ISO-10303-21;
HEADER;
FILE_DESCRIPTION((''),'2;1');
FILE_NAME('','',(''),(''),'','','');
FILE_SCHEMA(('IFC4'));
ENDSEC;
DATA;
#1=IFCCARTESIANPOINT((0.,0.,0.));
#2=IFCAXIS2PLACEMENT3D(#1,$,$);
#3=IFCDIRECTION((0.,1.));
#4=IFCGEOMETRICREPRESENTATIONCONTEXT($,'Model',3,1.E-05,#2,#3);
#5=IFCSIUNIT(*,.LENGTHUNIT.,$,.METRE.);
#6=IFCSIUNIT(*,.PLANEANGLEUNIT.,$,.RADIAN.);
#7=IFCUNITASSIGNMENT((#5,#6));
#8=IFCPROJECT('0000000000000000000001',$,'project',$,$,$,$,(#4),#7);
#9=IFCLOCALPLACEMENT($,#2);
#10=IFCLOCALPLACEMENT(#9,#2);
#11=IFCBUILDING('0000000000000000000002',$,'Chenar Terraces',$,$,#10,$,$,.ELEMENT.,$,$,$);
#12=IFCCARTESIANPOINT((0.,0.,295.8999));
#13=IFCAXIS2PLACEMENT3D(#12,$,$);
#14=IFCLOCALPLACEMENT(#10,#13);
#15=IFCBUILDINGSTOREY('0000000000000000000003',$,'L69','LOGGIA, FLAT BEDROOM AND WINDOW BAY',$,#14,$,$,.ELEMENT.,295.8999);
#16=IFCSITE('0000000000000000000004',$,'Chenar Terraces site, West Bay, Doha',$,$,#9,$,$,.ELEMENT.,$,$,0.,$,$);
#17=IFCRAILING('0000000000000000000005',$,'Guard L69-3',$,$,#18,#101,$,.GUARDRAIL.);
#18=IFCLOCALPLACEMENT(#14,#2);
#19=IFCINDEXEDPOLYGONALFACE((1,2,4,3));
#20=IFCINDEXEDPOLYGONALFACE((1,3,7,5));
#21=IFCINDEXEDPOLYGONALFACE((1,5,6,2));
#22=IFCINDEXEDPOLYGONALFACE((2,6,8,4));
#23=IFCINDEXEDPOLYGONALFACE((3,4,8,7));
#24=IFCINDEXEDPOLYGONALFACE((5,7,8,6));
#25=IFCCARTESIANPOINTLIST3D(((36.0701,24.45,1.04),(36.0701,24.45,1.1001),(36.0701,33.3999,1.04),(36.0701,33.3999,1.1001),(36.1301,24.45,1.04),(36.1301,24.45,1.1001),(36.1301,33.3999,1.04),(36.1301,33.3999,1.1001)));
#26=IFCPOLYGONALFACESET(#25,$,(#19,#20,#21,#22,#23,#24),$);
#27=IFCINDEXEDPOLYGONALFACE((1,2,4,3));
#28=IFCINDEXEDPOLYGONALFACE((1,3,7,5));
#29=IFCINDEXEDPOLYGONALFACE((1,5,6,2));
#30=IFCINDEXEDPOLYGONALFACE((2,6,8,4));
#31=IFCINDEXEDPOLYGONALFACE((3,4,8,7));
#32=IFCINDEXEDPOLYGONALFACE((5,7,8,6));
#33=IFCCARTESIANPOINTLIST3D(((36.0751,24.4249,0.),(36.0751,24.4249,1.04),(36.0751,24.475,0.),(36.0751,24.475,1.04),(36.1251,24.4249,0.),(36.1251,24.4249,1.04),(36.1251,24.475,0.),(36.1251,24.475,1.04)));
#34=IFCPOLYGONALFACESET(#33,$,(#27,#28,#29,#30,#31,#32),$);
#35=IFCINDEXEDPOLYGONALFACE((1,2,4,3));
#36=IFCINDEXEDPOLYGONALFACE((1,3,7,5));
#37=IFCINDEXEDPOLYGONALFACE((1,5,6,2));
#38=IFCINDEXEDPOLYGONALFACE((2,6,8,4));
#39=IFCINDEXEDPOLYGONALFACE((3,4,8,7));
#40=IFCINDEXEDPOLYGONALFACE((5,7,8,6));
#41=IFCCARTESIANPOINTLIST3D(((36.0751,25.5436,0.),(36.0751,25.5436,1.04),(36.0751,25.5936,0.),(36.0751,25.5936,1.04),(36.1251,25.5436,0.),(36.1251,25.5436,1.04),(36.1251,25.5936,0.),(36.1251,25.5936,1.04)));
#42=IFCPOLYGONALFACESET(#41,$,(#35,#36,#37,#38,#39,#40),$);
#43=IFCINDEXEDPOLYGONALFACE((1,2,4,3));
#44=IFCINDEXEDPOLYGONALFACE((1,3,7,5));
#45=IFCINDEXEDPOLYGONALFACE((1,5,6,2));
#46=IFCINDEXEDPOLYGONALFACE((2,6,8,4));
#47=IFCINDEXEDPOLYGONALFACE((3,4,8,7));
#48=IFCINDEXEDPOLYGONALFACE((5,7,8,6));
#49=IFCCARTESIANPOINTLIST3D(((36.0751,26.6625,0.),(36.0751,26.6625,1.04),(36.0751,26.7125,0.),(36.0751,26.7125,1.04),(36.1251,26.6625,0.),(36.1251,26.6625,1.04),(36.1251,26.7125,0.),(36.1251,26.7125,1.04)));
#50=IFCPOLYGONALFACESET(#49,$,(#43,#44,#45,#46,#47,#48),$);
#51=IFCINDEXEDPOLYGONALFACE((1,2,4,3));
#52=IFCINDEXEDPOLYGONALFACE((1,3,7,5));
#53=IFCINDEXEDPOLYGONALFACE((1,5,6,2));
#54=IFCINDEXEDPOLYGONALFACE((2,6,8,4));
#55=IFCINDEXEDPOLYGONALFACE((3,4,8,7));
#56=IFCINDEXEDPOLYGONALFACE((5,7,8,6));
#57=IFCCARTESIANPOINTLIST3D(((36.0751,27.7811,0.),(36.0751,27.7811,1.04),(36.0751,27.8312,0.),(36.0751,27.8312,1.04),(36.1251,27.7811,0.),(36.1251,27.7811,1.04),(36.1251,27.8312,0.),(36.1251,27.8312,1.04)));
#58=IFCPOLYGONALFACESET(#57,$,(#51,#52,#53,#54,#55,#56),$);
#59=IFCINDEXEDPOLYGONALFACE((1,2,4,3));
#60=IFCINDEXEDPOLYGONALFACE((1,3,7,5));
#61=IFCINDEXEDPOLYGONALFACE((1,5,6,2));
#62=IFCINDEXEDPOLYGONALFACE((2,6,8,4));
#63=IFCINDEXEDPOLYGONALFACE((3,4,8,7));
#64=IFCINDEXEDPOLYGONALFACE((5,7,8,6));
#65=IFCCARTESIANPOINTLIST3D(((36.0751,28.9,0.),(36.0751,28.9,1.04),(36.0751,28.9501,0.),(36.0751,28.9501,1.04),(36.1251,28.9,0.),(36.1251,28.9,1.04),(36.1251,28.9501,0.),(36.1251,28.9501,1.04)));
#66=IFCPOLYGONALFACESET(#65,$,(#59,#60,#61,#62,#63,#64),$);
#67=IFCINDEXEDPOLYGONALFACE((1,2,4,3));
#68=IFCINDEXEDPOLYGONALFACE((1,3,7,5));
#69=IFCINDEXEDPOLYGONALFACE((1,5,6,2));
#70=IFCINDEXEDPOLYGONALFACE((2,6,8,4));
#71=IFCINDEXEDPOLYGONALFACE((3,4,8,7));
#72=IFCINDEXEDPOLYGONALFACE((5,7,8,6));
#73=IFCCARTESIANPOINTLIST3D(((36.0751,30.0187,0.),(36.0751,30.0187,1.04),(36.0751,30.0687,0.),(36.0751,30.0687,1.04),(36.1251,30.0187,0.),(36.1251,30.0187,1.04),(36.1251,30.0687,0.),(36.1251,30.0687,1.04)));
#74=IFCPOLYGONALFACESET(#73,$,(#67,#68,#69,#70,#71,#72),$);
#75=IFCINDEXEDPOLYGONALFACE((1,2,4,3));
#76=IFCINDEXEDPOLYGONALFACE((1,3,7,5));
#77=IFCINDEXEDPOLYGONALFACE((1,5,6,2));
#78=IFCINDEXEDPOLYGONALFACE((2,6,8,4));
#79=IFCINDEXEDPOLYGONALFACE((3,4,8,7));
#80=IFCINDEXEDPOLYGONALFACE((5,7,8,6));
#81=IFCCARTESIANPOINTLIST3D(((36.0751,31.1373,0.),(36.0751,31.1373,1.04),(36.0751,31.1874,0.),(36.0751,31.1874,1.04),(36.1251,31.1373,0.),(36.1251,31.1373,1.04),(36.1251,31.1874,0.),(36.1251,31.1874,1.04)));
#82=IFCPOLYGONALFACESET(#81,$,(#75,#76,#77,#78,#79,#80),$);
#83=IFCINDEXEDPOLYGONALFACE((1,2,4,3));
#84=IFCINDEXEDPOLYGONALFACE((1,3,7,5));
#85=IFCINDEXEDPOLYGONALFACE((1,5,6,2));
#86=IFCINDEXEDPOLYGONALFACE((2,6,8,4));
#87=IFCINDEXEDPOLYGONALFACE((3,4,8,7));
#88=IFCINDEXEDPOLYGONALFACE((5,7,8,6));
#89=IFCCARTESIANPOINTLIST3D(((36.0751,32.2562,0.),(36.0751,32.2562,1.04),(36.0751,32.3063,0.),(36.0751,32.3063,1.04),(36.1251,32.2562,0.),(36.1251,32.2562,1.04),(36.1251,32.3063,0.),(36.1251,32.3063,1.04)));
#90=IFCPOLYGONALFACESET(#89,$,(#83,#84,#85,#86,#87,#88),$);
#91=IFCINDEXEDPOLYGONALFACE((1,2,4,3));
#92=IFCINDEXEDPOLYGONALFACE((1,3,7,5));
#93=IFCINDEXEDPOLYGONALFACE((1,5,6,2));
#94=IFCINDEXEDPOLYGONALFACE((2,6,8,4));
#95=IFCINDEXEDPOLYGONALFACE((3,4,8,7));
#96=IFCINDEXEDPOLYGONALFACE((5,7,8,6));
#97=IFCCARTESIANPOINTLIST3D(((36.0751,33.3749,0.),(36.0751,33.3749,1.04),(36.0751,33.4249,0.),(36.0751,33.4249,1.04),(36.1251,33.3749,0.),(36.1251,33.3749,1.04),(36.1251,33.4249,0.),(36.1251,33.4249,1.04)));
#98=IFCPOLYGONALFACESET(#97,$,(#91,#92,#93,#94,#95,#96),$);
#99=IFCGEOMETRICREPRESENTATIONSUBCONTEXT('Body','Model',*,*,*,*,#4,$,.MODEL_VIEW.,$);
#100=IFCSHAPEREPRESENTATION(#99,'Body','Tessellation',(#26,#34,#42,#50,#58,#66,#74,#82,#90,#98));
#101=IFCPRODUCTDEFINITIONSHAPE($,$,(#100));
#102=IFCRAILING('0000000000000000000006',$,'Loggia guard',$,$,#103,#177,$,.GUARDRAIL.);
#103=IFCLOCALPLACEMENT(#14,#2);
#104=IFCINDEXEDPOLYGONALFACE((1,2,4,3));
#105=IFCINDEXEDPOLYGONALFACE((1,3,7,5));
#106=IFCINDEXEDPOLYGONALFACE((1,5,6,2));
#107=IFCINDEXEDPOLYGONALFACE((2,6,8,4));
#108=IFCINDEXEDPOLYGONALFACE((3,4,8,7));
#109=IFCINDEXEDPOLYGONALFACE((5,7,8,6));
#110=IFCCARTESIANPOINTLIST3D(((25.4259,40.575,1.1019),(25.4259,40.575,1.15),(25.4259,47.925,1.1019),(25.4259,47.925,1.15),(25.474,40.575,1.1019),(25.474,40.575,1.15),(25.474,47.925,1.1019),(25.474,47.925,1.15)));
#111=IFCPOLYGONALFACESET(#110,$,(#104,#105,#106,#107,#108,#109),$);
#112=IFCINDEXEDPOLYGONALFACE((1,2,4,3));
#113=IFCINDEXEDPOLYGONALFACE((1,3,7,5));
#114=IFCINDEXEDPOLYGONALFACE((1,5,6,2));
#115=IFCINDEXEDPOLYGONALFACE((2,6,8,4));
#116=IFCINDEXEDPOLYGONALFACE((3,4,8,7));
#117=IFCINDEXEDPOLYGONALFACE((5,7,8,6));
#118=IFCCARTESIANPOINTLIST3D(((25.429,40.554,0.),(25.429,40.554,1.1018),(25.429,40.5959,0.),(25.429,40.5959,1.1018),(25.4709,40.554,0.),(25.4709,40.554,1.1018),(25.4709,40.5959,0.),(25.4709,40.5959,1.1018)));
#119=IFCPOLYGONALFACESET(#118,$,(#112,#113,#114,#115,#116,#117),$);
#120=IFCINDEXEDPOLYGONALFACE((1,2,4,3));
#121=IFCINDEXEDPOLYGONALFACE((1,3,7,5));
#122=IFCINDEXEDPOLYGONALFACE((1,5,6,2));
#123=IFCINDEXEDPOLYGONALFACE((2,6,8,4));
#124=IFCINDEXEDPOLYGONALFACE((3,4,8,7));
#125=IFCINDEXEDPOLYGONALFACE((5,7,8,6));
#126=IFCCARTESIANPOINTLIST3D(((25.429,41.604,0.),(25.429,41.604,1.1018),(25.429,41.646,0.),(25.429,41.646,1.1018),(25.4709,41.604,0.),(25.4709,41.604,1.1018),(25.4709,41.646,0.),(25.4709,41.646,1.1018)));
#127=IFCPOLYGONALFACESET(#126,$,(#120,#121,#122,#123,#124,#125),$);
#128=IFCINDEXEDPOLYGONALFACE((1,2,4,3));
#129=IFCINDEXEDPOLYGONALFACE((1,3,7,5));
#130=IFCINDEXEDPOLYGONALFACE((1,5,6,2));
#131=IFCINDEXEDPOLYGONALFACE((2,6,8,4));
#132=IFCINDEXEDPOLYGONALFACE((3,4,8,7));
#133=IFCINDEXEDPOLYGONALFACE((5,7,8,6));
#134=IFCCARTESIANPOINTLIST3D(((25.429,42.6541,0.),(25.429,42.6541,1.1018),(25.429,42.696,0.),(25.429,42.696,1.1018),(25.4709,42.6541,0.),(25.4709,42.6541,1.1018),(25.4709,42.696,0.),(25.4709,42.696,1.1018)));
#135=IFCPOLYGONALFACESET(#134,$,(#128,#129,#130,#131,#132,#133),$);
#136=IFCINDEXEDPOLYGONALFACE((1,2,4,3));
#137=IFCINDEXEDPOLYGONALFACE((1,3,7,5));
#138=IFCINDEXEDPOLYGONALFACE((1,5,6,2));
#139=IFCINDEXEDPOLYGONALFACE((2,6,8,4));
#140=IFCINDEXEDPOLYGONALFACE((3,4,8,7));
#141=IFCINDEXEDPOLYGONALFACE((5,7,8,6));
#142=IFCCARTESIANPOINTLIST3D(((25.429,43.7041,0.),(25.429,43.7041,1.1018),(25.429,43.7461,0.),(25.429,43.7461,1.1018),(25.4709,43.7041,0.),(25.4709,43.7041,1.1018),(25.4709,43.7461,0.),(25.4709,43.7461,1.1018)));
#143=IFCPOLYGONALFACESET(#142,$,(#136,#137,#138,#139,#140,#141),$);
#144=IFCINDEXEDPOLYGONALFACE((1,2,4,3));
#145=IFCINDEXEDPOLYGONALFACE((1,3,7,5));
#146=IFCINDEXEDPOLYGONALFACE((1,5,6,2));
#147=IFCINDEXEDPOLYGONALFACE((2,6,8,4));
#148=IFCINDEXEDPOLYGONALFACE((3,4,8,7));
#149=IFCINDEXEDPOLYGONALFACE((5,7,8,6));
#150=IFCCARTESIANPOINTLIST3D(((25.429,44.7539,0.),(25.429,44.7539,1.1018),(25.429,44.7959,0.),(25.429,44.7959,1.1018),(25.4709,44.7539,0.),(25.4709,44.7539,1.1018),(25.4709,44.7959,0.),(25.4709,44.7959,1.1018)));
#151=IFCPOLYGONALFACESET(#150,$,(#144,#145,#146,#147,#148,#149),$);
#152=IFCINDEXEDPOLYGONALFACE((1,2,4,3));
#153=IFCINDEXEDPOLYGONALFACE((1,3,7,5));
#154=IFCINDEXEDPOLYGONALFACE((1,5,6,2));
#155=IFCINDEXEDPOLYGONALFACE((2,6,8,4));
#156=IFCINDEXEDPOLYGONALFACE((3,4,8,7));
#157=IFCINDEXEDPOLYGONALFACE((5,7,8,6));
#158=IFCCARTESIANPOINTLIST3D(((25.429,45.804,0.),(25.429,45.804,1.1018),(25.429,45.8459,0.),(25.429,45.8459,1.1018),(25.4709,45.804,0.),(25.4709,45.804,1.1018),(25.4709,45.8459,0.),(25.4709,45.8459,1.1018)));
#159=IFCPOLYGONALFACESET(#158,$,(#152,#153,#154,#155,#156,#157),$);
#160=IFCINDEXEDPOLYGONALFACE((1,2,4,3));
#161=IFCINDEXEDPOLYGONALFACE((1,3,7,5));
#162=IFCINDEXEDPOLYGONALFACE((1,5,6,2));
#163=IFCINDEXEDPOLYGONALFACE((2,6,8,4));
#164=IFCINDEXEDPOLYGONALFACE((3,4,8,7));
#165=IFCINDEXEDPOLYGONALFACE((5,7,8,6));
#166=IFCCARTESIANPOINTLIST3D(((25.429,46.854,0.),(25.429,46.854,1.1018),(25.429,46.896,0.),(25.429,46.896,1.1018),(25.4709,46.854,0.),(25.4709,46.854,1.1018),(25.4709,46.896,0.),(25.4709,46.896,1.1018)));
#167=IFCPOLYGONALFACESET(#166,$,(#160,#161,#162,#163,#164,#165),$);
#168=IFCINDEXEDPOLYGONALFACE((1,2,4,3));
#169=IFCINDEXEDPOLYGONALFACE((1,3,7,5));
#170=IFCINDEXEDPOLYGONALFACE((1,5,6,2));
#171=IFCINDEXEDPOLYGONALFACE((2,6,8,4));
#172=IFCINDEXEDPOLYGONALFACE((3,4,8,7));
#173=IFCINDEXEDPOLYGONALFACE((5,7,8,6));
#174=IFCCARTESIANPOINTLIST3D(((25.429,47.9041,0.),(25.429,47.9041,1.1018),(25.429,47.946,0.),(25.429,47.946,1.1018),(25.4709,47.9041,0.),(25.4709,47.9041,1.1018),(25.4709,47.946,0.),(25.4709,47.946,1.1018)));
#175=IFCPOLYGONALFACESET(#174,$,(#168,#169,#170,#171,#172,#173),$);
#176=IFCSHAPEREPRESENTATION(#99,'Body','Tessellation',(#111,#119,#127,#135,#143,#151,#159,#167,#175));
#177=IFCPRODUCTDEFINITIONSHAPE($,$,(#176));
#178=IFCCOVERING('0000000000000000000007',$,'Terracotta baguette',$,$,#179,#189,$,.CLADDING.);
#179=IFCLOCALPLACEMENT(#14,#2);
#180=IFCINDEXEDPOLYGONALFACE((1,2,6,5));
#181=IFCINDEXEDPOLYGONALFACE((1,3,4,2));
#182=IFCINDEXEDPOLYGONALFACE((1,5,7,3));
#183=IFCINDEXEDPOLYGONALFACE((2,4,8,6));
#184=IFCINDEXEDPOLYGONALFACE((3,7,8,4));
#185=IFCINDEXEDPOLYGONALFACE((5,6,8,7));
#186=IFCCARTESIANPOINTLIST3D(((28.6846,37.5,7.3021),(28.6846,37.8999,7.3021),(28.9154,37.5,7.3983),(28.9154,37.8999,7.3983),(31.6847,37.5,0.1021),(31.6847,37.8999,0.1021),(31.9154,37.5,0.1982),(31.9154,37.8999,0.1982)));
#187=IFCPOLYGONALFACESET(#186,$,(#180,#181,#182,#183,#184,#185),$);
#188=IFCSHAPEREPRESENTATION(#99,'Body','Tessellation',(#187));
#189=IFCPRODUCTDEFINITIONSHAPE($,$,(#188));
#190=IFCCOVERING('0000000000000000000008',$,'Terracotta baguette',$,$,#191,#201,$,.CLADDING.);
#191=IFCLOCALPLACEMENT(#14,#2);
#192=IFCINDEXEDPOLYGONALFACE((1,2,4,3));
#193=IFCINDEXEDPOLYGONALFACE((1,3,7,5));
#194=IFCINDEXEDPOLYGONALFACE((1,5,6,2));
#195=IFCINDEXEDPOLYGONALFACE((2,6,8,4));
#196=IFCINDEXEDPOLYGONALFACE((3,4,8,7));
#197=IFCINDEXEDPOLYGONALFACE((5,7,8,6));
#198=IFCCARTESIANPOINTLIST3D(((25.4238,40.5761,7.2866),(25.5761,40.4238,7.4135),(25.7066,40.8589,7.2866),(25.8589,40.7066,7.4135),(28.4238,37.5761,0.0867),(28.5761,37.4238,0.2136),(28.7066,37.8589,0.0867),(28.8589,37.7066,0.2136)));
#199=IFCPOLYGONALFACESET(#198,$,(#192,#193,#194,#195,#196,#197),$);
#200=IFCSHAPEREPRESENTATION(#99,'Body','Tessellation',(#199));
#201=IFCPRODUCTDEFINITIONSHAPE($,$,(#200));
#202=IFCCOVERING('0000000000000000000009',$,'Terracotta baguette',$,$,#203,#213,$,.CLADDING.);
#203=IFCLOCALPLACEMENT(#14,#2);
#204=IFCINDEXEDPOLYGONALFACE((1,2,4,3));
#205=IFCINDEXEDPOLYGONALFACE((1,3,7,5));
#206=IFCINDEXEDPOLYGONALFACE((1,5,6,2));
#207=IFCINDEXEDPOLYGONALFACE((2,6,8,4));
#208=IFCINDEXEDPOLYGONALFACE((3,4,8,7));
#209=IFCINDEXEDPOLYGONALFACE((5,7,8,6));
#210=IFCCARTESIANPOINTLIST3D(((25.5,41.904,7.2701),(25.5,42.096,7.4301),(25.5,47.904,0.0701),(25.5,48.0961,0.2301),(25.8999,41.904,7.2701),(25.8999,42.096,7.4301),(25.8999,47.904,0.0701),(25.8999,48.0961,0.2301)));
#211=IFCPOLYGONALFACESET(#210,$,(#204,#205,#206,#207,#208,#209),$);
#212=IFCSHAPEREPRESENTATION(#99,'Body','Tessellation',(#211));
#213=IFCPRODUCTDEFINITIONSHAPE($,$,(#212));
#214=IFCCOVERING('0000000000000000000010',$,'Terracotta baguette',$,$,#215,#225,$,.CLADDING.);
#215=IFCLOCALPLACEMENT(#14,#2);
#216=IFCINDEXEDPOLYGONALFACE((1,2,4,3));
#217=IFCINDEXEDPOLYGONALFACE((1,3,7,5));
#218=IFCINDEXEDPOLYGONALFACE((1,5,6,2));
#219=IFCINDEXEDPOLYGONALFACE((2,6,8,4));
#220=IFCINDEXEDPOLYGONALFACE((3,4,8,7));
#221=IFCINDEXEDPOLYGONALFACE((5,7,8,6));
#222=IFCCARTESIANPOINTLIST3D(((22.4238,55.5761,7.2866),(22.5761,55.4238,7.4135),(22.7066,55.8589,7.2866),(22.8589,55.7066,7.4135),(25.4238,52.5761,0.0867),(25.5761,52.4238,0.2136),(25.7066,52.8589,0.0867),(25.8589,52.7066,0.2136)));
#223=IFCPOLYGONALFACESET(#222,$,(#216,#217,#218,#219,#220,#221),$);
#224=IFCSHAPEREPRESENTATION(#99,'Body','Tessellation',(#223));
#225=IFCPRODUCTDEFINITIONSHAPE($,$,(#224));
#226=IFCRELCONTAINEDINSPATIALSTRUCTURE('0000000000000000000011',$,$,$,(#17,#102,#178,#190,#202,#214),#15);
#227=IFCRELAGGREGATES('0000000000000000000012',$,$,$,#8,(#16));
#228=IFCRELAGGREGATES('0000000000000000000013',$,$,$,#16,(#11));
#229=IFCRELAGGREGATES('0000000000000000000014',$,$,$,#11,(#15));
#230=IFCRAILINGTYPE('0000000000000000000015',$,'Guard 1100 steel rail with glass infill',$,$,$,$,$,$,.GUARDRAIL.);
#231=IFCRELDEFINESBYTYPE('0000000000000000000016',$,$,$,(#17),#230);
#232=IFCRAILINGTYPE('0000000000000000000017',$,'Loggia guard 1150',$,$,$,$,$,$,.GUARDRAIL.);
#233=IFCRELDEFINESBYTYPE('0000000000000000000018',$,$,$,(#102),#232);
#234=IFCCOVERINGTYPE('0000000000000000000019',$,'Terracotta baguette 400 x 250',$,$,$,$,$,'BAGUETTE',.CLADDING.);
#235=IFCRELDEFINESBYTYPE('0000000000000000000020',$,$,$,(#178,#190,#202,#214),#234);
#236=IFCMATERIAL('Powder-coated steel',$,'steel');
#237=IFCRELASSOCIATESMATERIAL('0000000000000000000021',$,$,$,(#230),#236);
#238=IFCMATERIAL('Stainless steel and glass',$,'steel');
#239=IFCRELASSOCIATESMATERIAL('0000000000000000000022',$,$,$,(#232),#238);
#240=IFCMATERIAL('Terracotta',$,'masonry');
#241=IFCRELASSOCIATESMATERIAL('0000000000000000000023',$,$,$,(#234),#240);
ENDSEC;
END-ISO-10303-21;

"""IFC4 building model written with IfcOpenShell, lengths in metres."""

from ifc_helpers import new_model, si_unit, direction, frame, origin, origin_2d, place, context, subcontext, project, spatial, rectangle, extrude, material, material_profile, profile_set, type_object, element, save


model = new_model("IFC4")

# Units and contexts
model_context = context("Model", 3, precision=1e-05, world=origin(), true_north=direction((0.0, 1.0)))
body_context = subcontext(model_context, "Body", "Model", "MODEL_VIEW")
ifc_project = project(units=[si_unit("LENGTHUNIT", "METRE"), si_unit("PLANEANGLEUNIT", "RADIAN")], contexts=[model_context])

# Site, building, storey
site_placement = place(None, origin())
site = spatial("IfcSite", under=ifc_project, at=site_placement, Name="Chenar Terraces site, West Bay, Doha", CompositionType="ELEMENT", RefElevation=0.0)
building_placement = place(site_placement, origin())
building = spatial("IfcBuilding", under=site, at=building_placement, Name="Chenar Terraces", CompositionType="ELEMENT")
storey_placement = place(building_placement, frame((0.0, 0.0, 295.8999)))
storey = spatial("IfcBuildingStorey", under=building, at=storey_placement, Name="L69", Description="LOGGIA, FLAT BEDROOM AND WINDOW BAY", CompositionType="ELEMENT", Elevation=295.8999)

# Railings
ifc_material_1 = material(Name="Powder-coated steel", Category="steel")
railing_type_1 = type_object("IfcRailingType", Name="Guard 1100 steel rail with glass infill", PredefinedType="GUARDRAIL", material=ifc_material_1)
railing_1_placement = place(storey_placement, frame((36.1001, 24.45, 0.0)))
element("IfcRailing", 1, at=railing_1_placement, inside=storey, type_object=railing_type_1, Name="Guard L69-3", PredefinedType="GUARDRAIL", context=body_context, shape_type="SweptSolid", body=[
    extrude(rectangle(XDim=0.0601, YDim=0.0601, at=origin_2d()), frame((0.0, 0.0, 1.0701), z_axis=(0.0, 1.0, 0.0), x_axis=(-1.0, 0.0, 0.0)), (0.0, 0.0, 1.0), 8.95),
    extrude(rectangle(XDim=0.05, YDim=0.05, at=origin_2d()), origin(), (0.0, 0.0, 1.0), 1.04),
    extrude(rectangle(XDim=0.05, YDim=0.05, at=origin_2d()), frame((0.0, 1.1187, 0.0)), (0.0, 0.0, 1.0), 1.04),
    extrude(rectangle(XDim=0.05, YDim=0.05, at=origin_2d()), frame((0.0, 2.2375, 0.0)), (0.0, 0.0, 1.0), 1.04),
    extrude(rectangle(XDim=0.05, YDim=0.05, at=origin_2d()), frame((0.0, 3.3562, 0.0)), (0.0, 0.0, 1.0), 1.04),
    extrude(rectangle(XDim=0.05, YDim=0.05, at=origin_2d()), frame((0.0, 4.4751, 0.0)), (0.0, 0.0, 1.0), 1.04),
    extrude(rectangle(XDim=0.05, YDim=0.05, at=origin_2d()), frame((0.0, 5.5938, 0.0)), (0.0, 0.0, 1.0), 1.04),
    extrude(rectangle(XDim=0.05, YDim=0.05, at=origin_2d()), frame((0.0, 6.7124, 0.0)), (0.0, 0.0, 1.0), 1.04),
    extrude(rectangle(XDim=0.05, YDim=0.05, at=origin_2d()), frame((0.0, 7.8313, 0.0)), (0.0, 0.0, 1.0), 1.04),
    extrude(rectangle(XDim=0.05, YDim=0.05, at=origin_2d()), frame((0.0, 8.95, 0.0)), (0.0, 0.0, 1.0), 1.04),
])
ifc_material_2 = material(Name="Stainless steel and glass", Category="steel")
railing_type_2 = type_object("IfcRailingType", Name="Loggia guard 1150", PredefinedType="GUARDRAIL", material=ifc_material_2)
railing_2_placement = place(storey_placement, frame((25.45, 40.575, 0.0)))
element("IfcRailing", 2, at=railing_2_placement, inside=storey, type_object=railing_type_2, Name="Loggia guard", PredefinedType="GUARDRAIL", context=body_context, shape_type="SweptSolid", body=[
    extrude(rectangle(XDim=0.0481, YDim=0.0481, at=origin_2d()), frame((0.0, 0.0, 1.126), z_axis=(0.0, 1.0, 0.0), x_axis=(-1.0, 0.0, 0.0)), (0.0, 0.0, 1.0), 7.3501),
    extrude(rectangle(XDim=0.042, YDim=0.042, at=origin_2d()), origin(), (0.0, 0.0, 1.0), 1.1018),
    extrude(rectangle(XDim=0.042, YDim=0.042, at=origin_2d()), frame((0.0, 1.05, 0.0)), (0.0, 0.0, 1.0), 1.1018),
    extrude(rectangle(XDim=0.042, YDim=0.042, at=origin_2d()), frame((0.0, 2.1001, 0.0)), (0.0, 0.0, 1.0), 1.1018),
    extrude(rectangle(XDim=0.042, YDim=0.042, at=origin_2d()), frame((0.0, 3.1501, 0.0)), (0.0, 0.0, 1.0), 1.1018),
    extrude(rectangle(XDim=0.042, YDim=0.042, at=origin_2d()), frame((0.0, 4.2, 0.0)), (0.0, 0.0, 1.0), 1.1018),
    extrude(rectangle(XDim=0.042, YDim=0.042, at=origin_2d()), frame((0.0, 5.25, 0.0)), (0.0, 0.0, 1.0), 1.1018),
    extrude(rectangle(XDim=0.042, YDim=0.042, at=origin_2d()), frame((0.0, 6.3, 0.0)), (0.0, 0.0, 1.0), 1.1018),
    extrude(rectangle(XDim=0.042, YDim=0.042, at=origin_2d()), frame((0.0, 7.3501, 0.0)), (0.0, 0.0, 1.0), 1.1018),
])

# Coverings
ifc_material_3 = material(Name="Terracotta", Category="masonry")
ifc_material_profile_1 = material_profile(ifc_material_3, rectangle(XDim=0.3999, YDim=0.25, at=origin_2d()), Name="Terracotta baguette 400 x 250")
ifc_profile_set_1 = profile_set([ifc_material_profile_1], Name="Terracotta")
covering_type = type_object("IfcCoveringType", Name="Terracotta baguette 400 x 250", ElementType="BAGUETTE", PredefinedType="CLADDING", material=ifc_profile_set_1)
covering_1_placement = place(storey_placement, frame((31.8, 37.7, 0.1501), z_axis=(-0.384618, 0.0, 0.923076), x_axis=(0.0, -1.0, 0.0)))
element("IfcCovering", 3, at=covering_1_placement, inside=storey, type_object=covering_type, Name="Terracotta baguette", PredefinedType="CLADDING", context=body_context, shape_type="SweptSolid", body=[
    extrude(rectangle(XDim=0.3999, YDim=0.25, at=origin_2d()), origin(), (0.0, 0.0, 1.0), 7.8),
])
covering_2_placement = place(storey_placement, frame((28.6414, 37.6414, 0.1501), z_axis=(-0.358981, 0.358981, 0.861548), x_axis=(-0.707107, -0.707107, 0.0)))
element("IfcCovering", 4, at=covering_2_placement, inside=storey, type_object=covering_type, Name="Terracotta baguette", PredefinedType="CLADDING", context=body_context, shape_type="SweptSolid", body=[
    extrude(rectangle(XDim=0.3999, YDim=0.25, at=origin_2d()), origin(), (0.0, 0.0, 1.0), 8.3569),
])
covering_3_placement = place(storey_placement, frame((25.7, 42.0, 7.3501), z_axis=(0.0, 0.640187, -0.768219), x_axis=(-1.0, 0.0, 0.0)))
element("IfcCovering", 5, at=covering_3_placement, inside=storey, type_object=covering_type, Name="Terracotta baguette", PredefinedType="CLADDING", context=body_context, shape_type="SweptSolid", body=[
    extrude(rectangle(XDim=0.3999, YDim=0.25, at=origin_2d()), origin(), (0.0, 0.0, 1.0), 9.3723),
])
covering_4_placement = place(storey_placement, frame((25.6414, 52.6414, 0.1501), z_axis=(-0.358981, 0.358981, 0.861548), x_axis=(-0.707107, -0.707107, 0.0)))
element("IfcCovering", 6, at=covering_4_placement, inside=storey, type_object=covering_type, Name="Terracotta baguette", PredefinedType="CLADDING", context=body_context, shape_type="SweptSolid", body=[
    extrude(rectangle(XDim=0.3999, YDim=0.25, at=origin_2d()), origin(), (0.0, 0.0, 1.0), 8.3569),
])

save(model, "model.ifc")
